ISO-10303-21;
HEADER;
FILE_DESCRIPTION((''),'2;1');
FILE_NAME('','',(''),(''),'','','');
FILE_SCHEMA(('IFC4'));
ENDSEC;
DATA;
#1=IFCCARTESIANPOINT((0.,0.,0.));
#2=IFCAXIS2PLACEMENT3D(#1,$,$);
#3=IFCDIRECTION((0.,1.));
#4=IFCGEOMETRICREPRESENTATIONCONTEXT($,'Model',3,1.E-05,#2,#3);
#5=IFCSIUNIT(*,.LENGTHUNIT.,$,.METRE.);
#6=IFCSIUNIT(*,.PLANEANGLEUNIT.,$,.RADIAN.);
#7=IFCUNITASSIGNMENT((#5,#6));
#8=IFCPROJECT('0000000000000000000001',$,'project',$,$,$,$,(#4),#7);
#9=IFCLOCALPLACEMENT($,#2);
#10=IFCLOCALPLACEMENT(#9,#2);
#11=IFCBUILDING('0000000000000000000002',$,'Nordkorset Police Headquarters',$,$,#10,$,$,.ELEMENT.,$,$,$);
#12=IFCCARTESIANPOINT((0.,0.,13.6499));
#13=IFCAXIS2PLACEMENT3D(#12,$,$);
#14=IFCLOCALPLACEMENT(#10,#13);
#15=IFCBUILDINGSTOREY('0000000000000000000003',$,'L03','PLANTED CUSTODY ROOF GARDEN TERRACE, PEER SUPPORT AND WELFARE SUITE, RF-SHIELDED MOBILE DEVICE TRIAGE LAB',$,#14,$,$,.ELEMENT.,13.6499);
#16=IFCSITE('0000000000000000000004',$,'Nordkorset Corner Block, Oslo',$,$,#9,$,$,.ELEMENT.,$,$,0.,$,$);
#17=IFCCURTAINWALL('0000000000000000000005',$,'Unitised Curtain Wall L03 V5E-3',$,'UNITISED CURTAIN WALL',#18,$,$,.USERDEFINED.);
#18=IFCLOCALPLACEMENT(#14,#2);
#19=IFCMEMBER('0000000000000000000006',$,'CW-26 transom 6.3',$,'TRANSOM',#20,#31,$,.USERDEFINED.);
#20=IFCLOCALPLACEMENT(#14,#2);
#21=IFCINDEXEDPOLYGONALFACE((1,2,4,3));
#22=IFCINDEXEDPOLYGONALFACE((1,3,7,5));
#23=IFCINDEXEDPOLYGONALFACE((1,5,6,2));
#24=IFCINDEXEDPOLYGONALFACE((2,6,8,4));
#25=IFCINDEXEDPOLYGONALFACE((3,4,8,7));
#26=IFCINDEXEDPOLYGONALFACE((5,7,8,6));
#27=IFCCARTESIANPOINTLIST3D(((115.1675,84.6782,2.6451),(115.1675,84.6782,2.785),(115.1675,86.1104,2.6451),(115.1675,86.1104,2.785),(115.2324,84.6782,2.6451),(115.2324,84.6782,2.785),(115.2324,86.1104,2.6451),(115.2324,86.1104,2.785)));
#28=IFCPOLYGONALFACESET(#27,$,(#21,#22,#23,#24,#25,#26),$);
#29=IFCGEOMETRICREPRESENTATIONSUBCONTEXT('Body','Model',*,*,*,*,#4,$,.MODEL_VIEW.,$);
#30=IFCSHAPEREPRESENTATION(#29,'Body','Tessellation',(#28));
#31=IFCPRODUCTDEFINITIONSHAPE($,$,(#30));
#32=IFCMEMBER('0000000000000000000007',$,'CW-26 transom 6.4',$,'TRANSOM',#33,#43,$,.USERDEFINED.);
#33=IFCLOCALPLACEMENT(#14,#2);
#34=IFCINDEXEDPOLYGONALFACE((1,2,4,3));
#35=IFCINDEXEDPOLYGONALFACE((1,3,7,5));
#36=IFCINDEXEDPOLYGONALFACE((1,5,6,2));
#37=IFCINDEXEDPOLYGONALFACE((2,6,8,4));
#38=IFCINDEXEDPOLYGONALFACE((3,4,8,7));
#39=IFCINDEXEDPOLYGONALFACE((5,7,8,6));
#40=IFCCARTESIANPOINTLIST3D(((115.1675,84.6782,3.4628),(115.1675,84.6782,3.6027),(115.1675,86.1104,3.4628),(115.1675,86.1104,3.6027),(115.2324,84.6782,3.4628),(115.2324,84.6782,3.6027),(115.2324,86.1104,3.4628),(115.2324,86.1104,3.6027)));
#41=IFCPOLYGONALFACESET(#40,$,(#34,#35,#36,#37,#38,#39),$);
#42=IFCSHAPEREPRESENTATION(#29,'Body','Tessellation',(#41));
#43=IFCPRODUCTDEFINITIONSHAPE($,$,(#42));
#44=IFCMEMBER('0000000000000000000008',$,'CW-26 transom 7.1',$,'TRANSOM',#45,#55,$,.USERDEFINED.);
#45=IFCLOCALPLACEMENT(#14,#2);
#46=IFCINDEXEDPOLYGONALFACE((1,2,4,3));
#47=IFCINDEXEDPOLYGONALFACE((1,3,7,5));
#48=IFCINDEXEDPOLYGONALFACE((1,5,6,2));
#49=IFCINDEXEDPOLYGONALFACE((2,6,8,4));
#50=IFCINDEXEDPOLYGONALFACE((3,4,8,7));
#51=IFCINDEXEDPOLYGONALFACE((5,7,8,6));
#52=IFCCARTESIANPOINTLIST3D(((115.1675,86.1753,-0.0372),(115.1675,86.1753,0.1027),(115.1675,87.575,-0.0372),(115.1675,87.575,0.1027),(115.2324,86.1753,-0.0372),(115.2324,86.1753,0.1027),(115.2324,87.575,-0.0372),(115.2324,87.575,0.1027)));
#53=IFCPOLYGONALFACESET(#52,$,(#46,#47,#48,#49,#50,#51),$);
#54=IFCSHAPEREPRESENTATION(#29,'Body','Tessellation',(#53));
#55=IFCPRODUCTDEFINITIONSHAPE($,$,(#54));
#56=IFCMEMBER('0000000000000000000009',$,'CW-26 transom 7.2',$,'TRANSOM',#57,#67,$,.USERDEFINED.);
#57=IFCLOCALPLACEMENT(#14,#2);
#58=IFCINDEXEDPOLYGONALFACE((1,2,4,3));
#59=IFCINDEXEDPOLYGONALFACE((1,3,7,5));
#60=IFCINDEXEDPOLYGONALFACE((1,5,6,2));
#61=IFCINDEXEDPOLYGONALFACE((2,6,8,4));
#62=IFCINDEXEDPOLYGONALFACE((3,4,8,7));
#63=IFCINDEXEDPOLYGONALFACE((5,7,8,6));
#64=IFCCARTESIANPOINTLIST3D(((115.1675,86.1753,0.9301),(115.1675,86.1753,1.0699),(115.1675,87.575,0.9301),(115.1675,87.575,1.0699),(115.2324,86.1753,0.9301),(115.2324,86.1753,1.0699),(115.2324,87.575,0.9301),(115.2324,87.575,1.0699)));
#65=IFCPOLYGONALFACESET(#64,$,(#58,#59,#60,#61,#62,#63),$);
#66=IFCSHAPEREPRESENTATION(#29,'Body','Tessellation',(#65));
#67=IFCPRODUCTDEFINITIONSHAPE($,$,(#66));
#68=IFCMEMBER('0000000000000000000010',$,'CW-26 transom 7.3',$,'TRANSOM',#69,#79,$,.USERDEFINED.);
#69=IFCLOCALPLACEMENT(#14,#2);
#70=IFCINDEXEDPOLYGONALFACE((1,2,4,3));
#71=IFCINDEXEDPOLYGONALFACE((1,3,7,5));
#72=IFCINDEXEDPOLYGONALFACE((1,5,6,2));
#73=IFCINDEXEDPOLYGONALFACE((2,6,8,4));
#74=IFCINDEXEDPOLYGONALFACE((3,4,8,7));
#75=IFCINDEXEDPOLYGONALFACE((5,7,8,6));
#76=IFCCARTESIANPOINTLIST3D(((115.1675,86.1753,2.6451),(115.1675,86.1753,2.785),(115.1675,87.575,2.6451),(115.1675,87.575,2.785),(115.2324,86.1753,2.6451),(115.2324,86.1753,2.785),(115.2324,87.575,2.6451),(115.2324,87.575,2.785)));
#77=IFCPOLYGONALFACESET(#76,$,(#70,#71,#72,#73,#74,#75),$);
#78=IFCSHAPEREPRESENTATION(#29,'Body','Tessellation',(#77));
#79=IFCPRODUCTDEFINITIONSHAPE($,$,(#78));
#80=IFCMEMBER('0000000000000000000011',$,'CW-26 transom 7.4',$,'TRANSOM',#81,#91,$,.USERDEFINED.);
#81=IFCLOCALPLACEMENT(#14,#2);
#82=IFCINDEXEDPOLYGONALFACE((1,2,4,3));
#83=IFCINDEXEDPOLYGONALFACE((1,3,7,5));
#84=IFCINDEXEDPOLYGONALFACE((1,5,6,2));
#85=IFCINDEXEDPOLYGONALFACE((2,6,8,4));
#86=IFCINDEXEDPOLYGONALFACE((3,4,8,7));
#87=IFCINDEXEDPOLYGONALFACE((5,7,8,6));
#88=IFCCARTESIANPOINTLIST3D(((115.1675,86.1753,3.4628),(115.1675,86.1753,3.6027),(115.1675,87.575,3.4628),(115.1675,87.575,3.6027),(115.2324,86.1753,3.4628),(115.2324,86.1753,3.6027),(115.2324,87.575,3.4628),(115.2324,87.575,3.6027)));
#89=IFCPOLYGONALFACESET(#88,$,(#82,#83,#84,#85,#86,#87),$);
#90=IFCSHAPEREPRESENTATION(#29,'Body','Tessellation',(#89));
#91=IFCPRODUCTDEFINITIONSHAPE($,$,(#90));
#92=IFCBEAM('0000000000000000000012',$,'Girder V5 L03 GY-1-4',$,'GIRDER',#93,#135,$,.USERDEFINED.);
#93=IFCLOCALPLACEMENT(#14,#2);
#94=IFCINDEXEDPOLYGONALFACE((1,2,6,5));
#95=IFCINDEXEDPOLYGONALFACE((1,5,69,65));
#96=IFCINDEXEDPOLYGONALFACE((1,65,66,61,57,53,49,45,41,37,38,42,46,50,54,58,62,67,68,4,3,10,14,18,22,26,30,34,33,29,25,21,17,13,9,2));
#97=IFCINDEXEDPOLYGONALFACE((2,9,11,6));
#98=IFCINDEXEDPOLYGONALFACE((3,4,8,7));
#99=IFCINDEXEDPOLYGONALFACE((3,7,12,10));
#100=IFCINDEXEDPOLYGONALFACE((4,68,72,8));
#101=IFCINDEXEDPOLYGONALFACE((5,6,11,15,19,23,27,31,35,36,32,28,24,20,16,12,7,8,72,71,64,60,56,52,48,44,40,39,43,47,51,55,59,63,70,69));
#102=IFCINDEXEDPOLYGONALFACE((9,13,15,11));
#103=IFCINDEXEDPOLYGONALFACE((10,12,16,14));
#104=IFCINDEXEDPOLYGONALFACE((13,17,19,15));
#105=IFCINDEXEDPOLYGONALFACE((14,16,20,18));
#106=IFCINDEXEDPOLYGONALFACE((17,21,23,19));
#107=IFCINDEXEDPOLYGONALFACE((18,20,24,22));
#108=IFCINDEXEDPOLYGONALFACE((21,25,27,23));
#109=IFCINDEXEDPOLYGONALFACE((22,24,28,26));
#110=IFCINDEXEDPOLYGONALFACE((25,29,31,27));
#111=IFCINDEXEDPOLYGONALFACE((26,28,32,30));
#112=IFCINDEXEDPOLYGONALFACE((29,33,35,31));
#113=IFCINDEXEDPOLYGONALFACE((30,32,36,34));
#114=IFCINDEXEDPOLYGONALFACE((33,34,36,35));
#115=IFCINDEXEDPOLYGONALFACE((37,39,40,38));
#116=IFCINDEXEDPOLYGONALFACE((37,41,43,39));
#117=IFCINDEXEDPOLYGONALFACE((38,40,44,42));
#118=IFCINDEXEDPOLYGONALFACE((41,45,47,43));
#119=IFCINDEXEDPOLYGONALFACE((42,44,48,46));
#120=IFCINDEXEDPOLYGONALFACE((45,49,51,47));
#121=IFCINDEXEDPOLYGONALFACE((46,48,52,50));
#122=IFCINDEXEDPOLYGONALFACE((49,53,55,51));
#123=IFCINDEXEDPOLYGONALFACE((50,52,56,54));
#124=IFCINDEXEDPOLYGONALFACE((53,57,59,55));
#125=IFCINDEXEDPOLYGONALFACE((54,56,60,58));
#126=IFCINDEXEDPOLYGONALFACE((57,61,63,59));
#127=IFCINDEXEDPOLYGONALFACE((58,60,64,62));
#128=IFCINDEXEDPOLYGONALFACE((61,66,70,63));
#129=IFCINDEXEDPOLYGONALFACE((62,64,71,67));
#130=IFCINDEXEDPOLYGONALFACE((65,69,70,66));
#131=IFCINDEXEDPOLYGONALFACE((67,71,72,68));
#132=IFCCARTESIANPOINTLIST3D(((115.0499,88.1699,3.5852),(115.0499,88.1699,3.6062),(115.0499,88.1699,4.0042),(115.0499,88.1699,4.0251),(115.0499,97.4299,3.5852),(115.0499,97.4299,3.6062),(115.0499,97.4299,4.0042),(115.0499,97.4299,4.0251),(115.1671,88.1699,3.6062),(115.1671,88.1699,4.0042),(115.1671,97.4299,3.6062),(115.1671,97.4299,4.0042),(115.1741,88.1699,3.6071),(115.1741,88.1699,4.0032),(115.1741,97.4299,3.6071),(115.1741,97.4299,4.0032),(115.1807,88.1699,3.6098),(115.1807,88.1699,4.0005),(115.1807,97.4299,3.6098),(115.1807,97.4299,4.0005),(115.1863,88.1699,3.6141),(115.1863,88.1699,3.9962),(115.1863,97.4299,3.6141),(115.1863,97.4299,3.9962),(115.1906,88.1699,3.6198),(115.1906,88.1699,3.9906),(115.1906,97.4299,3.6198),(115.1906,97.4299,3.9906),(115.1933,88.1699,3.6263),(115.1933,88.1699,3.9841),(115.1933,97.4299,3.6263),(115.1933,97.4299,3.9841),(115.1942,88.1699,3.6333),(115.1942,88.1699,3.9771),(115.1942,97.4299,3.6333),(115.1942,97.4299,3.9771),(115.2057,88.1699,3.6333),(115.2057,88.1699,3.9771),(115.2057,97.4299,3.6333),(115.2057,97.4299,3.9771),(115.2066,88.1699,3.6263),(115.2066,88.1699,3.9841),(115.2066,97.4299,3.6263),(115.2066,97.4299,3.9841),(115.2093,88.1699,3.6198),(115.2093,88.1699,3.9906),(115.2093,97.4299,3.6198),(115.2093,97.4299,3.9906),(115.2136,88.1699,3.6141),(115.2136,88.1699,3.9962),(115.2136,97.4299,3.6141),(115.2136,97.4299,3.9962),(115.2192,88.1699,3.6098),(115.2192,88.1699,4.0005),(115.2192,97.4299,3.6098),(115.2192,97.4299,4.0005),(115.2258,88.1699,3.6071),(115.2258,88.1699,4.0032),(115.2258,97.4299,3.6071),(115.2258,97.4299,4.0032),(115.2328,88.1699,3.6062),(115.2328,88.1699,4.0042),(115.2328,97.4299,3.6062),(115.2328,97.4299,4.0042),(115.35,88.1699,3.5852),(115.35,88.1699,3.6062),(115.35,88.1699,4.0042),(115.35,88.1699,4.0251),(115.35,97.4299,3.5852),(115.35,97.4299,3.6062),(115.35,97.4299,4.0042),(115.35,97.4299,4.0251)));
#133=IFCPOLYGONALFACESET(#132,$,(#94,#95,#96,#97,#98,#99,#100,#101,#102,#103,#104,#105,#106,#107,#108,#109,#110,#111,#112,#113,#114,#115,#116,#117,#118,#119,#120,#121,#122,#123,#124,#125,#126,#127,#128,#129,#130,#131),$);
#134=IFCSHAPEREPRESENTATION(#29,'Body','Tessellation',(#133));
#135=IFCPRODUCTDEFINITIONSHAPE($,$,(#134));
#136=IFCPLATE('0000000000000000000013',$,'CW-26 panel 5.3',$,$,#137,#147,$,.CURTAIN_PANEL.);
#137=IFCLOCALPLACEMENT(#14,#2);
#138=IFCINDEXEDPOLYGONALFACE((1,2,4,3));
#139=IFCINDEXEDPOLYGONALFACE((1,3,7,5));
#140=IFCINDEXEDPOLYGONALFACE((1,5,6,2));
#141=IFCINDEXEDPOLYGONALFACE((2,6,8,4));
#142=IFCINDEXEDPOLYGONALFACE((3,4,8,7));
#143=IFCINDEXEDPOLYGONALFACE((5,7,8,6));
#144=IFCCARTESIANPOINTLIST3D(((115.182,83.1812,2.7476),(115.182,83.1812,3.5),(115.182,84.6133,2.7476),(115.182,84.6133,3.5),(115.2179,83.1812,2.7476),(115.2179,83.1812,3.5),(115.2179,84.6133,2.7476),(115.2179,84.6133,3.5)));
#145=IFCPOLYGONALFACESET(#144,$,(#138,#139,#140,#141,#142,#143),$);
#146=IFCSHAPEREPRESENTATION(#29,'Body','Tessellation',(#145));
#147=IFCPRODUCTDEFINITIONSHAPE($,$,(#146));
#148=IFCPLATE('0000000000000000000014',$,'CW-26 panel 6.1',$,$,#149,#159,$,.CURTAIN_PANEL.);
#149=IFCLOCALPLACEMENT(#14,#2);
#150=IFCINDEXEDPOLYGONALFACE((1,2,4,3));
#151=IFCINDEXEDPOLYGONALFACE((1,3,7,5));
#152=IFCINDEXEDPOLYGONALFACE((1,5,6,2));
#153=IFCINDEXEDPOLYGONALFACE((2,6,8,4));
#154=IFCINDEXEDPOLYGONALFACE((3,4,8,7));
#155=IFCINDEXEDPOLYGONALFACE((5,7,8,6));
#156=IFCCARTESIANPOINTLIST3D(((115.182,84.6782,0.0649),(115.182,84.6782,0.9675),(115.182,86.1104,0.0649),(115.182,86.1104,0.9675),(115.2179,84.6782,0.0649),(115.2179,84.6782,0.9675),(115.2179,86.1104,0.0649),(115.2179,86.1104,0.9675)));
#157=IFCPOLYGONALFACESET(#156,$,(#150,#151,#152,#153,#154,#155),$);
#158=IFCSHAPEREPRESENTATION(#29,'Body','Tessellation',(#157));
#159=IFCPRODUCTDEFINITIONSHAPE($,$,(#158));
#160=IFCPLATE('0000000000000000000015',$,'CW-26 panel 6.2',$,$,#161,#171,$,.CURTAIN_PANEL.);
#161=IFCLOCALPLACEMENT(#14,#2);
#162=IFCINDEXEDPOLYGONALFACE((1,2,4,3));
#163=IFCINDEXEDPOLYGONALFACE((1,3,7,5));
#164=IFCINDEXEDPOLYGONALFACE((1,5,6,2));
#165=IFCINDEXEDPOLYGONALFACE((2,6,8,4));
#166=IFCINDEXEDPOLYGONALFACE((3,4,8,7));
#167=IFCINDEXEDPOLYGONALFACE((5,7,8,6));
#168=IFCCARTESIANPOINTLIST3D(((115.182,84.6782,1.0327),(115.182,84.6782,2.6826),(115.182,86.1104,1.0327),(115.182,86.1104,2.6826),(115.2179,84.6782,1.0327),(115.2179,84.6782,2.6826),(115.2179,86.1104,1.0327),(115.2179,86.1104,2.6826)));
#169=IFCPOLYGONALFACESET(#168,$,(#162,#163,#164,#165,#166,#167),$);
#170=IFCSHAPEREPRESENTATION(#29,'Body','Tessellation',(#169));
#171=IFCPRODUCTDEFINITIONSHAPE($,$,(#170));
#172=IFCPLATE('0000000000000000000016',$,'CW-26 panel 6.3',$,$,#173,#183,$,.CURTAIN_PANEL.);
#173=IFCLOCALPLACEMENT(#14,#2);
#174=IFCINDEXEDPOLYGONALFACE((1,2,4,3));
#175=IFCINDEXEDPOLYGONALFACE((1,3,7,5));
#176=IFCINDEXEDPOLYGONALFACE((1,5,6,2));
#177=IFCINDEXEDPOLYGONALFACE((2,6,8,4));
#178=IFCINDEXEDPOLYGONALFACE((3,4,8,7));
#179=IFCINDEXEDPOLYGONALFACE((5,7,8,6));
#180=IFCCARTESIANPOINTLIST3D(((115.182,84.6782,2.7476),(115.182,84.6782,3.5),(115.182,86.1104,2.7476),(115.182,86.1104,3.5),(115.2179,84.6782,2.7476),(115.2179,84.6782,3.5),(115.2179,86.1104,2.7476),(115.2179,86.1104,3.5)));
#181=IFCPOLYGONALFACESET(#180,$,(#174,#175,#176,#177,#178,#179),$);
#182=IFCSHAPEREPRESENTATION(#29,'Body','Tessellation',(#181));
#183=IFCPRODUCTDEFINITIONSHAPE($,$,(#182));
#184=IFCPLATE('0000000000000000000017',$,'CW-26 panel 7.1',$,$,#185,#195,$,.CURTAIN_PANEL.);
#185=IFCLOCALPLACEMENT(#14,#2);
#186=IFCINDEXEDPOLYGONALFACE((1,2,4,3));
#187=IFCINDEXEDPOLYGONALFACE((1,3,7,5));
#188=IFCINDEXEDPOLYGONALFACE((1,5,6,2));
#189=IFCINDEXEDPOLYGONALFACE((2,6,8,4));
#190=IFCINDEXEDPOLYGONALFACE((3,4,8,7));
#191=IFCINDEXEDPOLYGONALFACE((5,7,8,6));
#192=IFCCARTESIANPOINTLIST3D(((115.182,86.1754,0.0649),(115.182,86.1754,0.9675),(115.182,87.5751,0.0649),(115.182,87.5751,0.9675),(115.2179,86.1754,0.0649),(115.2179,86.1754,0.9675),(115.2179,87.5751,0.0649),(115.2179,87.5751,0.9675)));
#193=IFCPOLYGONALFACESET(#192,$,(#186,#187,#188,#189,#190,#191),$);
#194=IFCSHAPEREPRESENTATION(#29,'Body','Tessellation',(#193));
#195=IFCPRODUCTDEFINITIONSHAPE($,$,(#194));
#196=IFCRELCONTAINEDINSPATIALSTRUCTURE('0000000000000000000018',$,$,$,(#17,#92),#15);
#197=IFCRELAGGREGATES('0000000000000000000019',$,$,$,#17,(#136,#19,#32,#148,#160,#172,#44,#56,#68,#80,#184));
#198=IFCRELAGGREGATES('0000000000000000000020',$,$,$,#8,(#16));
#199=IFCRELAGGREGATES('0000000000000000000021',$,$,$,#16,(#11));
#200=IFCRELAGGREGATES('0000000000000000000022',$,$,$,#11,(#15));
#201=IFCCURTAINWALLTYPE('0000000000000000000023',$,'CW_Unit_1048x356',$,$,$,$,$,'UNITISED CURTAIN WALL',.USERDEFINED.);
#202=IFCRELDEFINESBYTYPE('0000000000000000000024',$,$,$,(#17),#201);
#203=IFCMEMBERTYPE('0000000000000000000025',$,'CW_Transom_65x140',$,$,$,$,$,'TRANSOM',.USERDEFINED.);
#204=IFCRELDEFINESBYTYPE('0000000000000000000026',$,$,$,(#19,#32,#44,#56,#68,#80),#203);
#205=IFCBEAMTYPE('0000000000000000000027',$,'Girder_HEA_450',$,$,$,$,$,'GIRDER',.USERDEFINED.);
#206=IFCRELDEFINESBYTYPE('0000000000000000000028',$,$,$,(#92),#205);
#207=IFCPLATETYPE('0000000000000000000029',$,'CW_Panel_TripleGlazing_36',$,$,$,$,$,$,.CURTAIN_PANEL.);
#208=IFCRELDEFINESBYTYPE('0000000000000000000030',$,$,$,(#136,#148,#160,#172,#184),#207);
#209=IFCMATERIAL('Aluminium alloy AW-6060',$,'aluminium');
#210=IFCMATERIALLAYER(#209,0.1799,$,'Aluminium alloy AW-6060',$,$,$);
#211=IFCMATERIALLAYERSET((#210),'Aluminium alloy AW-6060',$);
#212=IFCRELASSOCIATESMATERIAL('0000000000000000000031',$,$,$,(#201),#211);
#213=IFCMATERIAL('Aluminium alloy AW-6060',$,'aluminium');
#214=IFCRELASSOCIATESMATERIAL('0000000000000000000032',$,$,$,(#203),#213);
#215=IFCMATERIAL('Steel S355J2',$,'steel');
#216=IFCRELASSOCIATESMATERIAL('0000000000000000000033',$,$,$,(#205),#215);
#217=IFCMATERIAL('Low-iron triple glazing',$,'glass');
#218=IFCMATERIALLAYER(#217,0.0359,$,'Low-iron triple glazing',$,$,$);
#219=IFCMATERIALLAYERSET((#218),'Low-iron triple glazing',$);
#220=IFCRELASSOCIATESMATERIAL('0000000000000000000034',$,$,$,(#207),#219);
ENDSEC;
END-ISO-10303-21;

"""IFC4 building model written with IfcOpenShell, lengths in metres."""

from ifc_helpers import new_model, si_unit, direction, frame, origin, origin_2d, place, context, subcontext, project, spatial, rectangle, i_section, extrude, material, layer, layer_set, material_profile, profile_set, type_object, element, aggregate, save


model = new_model("IFC4")

# Units and contexts
model_context = context("Model", 3, precision=1e-05, world=origin(), true_north=direction((0.0, 1.0)))
body_context = subcontext(model_context, "Body", "Model", "MODEL_VIEW")
ifc_project = project(units=[si_unit("LENGTHUNIT", "METRE"), si_unit("PLANEANGLEUNIT", "RADIAN")], contexts=[model_context])

# Site, building, storey
site_placement = place(None, origin())
site = spatial("IfcSite", under=ifc_project, at=site_placement, Name="Nordkorset Corner Block, Oslo", CompositionType="ELEMENT", RefElevation=0.0)
building_placement = place(site_placement, origin())
building = spatial("IfcBuilding", under=site, at=building_placement, Name="Nordkorset Police Headquarters", CompositionType="ELEMENT")
storey_placement = place(building_placement, frame((0.0, 0.0, 13.6499)))
storey = spatial("IfcBuildingStorey", under=building, at=storey_placement, Name="L03", Description="PLANTED CUSTODY ROOF GARDEN TERRACE, PEER SUPPORT AND WELFARE SUITE, RF-SHIELDED MOBILE DEVICE TRIAGE LAB", CompositionType="ELEMENT", Elevation=13.6499)

# Curtain wall, members
ifc_material_1 = material(Name="Aluminium alloy AW-6060", Category="aluminium")
ifc_layer_1 = layer(ifc_material_1, 0.1799, Name="Aluminium alloy AW-6060")
ifc_layer_set_1 = layer_set([ifc_layer_1], Name="Aluminium alloy AW-6060")
curtain_wall_type = type_object("IfcCurtainWallType", Name="CW_Unit_1048x356", ElementType="UNITISED CURTAIN WALL", PredefinedType="USERDEFINED", material=ifc_layer_set_1)
curtain_wall_placement = place(storey_placement, origin())
curtain_wall = element("IfcCurtainWall", 1, at=curtain_wall_placement, inside=storey, type_object=curtain_wall_type, Name="Unitised Curtain Wall L03 V5E-3", ObjectType="UNITISED CURTAIN WALL", PredefinedType="USERDEFINED")
ifc_material_2 = material(Name="Aluminium alloy AW-6060", Category="aluminium")
ifc_material_profile_1 = material_profile(ifc_material_2, rectangle(XDim=0.0649, YDim=0.1399, at=origin_2d()), Name="ALU TRAN 65x140")
ifc_profile_set_1 = profile_set([ifc_material_profile_1], Name="Aluminium alloy AW-6060")
member_type_1 = type_object("IfcMemberType", Name="CW_Transom_65x140", ElementType="TRANSOM", PredefinedType="USERDEFINED", material=ifc_profile_set_1)
member_1_placement = place(storey_placement, frame((115.2, 84.6782, 2.7151), z_axis=(0.0, 1.0, 0.0), x_axis=(-1.0, 0.0, 0.0)))
member_1 = element("IfcMember", 2, at=member_1_placement, type_object=member_type_1, Name="CW-26 transom 6.3", ObjectType="TRANSOM", PredefinedType="USERDEFINED", context=body_context, shape_type="SweptSolid", body=[
    extrude(rectangle(XDim=0.0649, YDim=0.1399, at=origin_2d()), origin(), (0.0, 0.0, 1.0), 1.4321),
])
member_2_placement = place(storey_placement, frame((115.2, 84.6782, 3.5327), z_axis=(0.0, 1.0, 0.0), x_axis=(-1.0, 0.0, 0.0)))
member_2 = element("IfcMember", 3, at=member_2_placement, type_object=member_type_1, Name="CW-26 transom 6.4", ObjectType="TRANSOM", PredefinedType="USERDEFINED", context=body_context, shape_type="SweptSolid", body=[
    extrude(rectangle(XDim=0.0649, YDim=0.1399, at=origin_2d()), origin(), (0.0, 0.0, 1.0), 1.4321),
])
member_3_placement = place(storey_placement, frame((115.2, 86.1753, 0.0327), z_axis=(0.0, 1.0, 0.0), x_axis=(-1.0, 0.0, 0.0)))
member_3 = element("IfcMember", 4, at=member_3_placement, type_object=member_type_1, Name="CW-26 transom 7.1", ObjectType="TRANSOM", PredefinedType="USERDEFINED", context=body_context, shape_type="SweptSolid", body=[
    extrude(rectangle(XDim=0.0649, YDim=0.1399, at=origin_2d()), origin(), (0.0, 0.0, 1.0), 1.3997),
])
member_4_placement = place(storey_placement, frame((115.2, 86.1753, 1.0), z_axis=(0.0, 1.0, 0.0), x_axis=(-1.0, 0.0, 0.0)))
member_4 = element("IfcMember", 5, at=member_4_placement, type_object=member_type_1, Name="CW-26 transom 7.2", ObjectType="TRANSOM", PredefinedType="USERDEFINED", context=body_context, shape_type="SweptSolid", body=[
    extrude(rectangle(XDim=0.0649, YDim=0.1399, at=origin_2d()), origin(), (0.0, 0.0, 1.0), 1.3997),
])
member_5_placement = place(storey_placement, frame((115.2, 86.1753, 2.7151), z_axis=(0.0, 1.0, 0.0), x_axis=(-1.0, 0.0, 0.0)))
member_5 = element("IfcMember", 6, at=member_5_placement, type_object=member_type_1, Name="CW-26 transom 7.3", ObjectType="TRANSOM", PredefinedType="USERDEFINED", context=body_context, shape_type="SweptSolid", body=[
    extrude(rectangle(XDim=0.0649, YDim=0.1399, at=origin_2d()), origin(), (0.0, 0.0, 1.0), 1.3997),
])
member_6_placement = place(storey_placement, frame((115.2, 86.1753, 3.5327), z_axis=(0.0, 1.0, 0.0), x_axis=(-1.0, 0.0, 0.0)))
member_6 = element("IfcMember", 7, at=member_6_placement, type_object=member_type_1, Name="CW-26 transom 7.4", ObjectType="TRANSOM", PredefinedType="USERDEFINED", context=body_context, shape_type="SweptSolid", body=[
    extrude(rectangle(XDim=0.0649, YDim=0.1399, at=origin_2d()), origin(), (0.0, 0.0, 1.0), 1.3997),
])

# Beam
ifc_material_3 = material(Name="Steel S355J2", Category="steel")
ifc_material_profile_2 = material_profile(ifc_material_3, i_section(OverallWidth=0.3, OverallDepth=0.4399, WebThickness=0.0115, FlangeThickness=0.021, FilletRadius=0.0271, at=origin_2d()), Name="HEA 450")
ifc_profile_set_2 = profile_set([ifc_material_profile_2], Name="Steel S355J2")
beam_type = type_object("IfcBeamType", Name="Girder_HEA_450", ElementType="GIRDER", PredefinedType="USERDEFINED", material=ifc_profile_set_2)
beam_placement = place(storey_placement, frame((115.2, 88.1699, 3.8052), z_axis=(0.0, 1.0, 0.0), x_axis=(-1.0, 0.0, 0.0)))
element("IfcBeam", 8, at=beam_placement, inside=storey, type_object=beam_type, Name="Girder V5 L03 GY-1-4", ObjectType="GIRDER", PredefinedType="USERDEFINED", context=body_context, shape_type="SweptSolid", body=[
    extrude(i_section(OverallWidth=0.3, OverallDepth=0.4399, WebThickness=0.0115, FlangeThickness=0.021, FilletRadius=0.0271, at=origin_2d()), origin(), (0.0, 0.0, 1.0), 9.26),
])

# Plates
ifc_material_4 = material(Name="Low-iron triple glazing", Category="glass")
ifc_layer_2 = layer(ifc_material_4, 0.0359, Name="Low-iron triple glazing")
ifc_layer_set_2 = layer_set([ifc_layer_2], Name="Low-iron triple glazing")
plate_type_1 = type_object("IfcPlateType", Name="CW_Panel_TripleGlazing_36", PredefinedType="CURTAIN_PANEL", material=ifc_layer_set_2)
plate_1_placement = place(storey_placement, frame((115.2, 83.8972, 2.7476), z_axis=(0.0, 0.0, 1.0), x_axis=(0.0, 1.0, 0.0)))
plate_1 = element("IfcPlate", 9, at=plate_1_placement, type_object=plate_type_1, Name="CW-26 panel 5.3", PredefinedType="CURTAIN_PANEL", context=body_context, shape_type="SweptSolid", body=[
    extrude(rectangle(XDim=1.4321, YDim=0.0359, at=origin_2d()), origin(), (0.0, 0.0, 1.0), 0.7524),
])
plate_2_placement = place(storey_placement, frame((115.2, 85.3943, 0.0649), z_axis=(0.0, 0.0, 1.0), x_axis=(0.0, 1.0, 0.0)))
plate_2 = element("IfcPlate", 10, at=plate_2_placement, type_object=plate_type_1, Name="CW-26 panel 6.1", PredefinedType="CURTAIN_PANEL", context=body_context, shape_type="SweptSolid", body=[
    extrude(rectangle(XDim=1.4321, YDim=0.0359, at=origin_2d()), origin(), (0.0, 0.0, 1.0), 0.9026),
])
plate_3_placement = place(storey_placement, frame((115.2, 85.3943, 1.0327), z_axis=(0.0, 0.0, 1.0), x_axis=(0.0, 1.0, 0.0)))
plate_3 = element("IfcPlate", 11, at=plate_3_placement, type_object=plate_type_1, Name="CW-26 panel 6.2", PredefinedType="CURTAIN_PANEL", context=body_context, shape_type="SweptSolid", body=[
    extrude(rectangle(XDim=1.4321, YDim=0.0359, at=origin_2d()), origin(), (0.0, 0.0, 1.0), 1.6499),
])
plate_4_placement = place(storey_placement, frame((115.2, 85.3943, 2.7476), z_axis=(0.0, 0.0, 1.0), x_axis=(0.0, 1.0, 0.0)))
plate_4 = element("IfcPlate", 12, at=plate_4_placement, type_object=plate_type_1, Name="CW-26 panel 6.3", PredefinedType="CURTAIN_PANEL", context=body_context, shape_type="SweptSolid", body=[
    extrude(rectangle(XDim=1.4321, YDim=0.0359, at=origin_2d()), origin(), (0.0, 0.0, 1.0), 0.7524),
])
plate_5_placement = place(storey_placement, frame((115.2, 86.8752, 0.0649), z_axis=(0.0, 0.0, 1.0), x_axis=(0.0, 1.0, 0.0)))
plate_5 = element("IfcPlate", 13, at=plate_5_placement, type_object=plate_type_1, Name="CW-26 panel 7.1", PredefinedType="CURTAIN_PANEL", context=body_context, shape_type="SweptSolid", body=[
    extrude(rectangle(XDim=1.3997, YDim=0.0359, at=origin_2d()), origin(), (0.0, 0.0, 1.0), 0.9026),
])
aggregate(curtain_wall, [plate_1, member_1, member_2, plate_2, plate_3, plate_4, member_3, member_4, member_5, member_6, plate_5])

save(model, "model.ifc")
